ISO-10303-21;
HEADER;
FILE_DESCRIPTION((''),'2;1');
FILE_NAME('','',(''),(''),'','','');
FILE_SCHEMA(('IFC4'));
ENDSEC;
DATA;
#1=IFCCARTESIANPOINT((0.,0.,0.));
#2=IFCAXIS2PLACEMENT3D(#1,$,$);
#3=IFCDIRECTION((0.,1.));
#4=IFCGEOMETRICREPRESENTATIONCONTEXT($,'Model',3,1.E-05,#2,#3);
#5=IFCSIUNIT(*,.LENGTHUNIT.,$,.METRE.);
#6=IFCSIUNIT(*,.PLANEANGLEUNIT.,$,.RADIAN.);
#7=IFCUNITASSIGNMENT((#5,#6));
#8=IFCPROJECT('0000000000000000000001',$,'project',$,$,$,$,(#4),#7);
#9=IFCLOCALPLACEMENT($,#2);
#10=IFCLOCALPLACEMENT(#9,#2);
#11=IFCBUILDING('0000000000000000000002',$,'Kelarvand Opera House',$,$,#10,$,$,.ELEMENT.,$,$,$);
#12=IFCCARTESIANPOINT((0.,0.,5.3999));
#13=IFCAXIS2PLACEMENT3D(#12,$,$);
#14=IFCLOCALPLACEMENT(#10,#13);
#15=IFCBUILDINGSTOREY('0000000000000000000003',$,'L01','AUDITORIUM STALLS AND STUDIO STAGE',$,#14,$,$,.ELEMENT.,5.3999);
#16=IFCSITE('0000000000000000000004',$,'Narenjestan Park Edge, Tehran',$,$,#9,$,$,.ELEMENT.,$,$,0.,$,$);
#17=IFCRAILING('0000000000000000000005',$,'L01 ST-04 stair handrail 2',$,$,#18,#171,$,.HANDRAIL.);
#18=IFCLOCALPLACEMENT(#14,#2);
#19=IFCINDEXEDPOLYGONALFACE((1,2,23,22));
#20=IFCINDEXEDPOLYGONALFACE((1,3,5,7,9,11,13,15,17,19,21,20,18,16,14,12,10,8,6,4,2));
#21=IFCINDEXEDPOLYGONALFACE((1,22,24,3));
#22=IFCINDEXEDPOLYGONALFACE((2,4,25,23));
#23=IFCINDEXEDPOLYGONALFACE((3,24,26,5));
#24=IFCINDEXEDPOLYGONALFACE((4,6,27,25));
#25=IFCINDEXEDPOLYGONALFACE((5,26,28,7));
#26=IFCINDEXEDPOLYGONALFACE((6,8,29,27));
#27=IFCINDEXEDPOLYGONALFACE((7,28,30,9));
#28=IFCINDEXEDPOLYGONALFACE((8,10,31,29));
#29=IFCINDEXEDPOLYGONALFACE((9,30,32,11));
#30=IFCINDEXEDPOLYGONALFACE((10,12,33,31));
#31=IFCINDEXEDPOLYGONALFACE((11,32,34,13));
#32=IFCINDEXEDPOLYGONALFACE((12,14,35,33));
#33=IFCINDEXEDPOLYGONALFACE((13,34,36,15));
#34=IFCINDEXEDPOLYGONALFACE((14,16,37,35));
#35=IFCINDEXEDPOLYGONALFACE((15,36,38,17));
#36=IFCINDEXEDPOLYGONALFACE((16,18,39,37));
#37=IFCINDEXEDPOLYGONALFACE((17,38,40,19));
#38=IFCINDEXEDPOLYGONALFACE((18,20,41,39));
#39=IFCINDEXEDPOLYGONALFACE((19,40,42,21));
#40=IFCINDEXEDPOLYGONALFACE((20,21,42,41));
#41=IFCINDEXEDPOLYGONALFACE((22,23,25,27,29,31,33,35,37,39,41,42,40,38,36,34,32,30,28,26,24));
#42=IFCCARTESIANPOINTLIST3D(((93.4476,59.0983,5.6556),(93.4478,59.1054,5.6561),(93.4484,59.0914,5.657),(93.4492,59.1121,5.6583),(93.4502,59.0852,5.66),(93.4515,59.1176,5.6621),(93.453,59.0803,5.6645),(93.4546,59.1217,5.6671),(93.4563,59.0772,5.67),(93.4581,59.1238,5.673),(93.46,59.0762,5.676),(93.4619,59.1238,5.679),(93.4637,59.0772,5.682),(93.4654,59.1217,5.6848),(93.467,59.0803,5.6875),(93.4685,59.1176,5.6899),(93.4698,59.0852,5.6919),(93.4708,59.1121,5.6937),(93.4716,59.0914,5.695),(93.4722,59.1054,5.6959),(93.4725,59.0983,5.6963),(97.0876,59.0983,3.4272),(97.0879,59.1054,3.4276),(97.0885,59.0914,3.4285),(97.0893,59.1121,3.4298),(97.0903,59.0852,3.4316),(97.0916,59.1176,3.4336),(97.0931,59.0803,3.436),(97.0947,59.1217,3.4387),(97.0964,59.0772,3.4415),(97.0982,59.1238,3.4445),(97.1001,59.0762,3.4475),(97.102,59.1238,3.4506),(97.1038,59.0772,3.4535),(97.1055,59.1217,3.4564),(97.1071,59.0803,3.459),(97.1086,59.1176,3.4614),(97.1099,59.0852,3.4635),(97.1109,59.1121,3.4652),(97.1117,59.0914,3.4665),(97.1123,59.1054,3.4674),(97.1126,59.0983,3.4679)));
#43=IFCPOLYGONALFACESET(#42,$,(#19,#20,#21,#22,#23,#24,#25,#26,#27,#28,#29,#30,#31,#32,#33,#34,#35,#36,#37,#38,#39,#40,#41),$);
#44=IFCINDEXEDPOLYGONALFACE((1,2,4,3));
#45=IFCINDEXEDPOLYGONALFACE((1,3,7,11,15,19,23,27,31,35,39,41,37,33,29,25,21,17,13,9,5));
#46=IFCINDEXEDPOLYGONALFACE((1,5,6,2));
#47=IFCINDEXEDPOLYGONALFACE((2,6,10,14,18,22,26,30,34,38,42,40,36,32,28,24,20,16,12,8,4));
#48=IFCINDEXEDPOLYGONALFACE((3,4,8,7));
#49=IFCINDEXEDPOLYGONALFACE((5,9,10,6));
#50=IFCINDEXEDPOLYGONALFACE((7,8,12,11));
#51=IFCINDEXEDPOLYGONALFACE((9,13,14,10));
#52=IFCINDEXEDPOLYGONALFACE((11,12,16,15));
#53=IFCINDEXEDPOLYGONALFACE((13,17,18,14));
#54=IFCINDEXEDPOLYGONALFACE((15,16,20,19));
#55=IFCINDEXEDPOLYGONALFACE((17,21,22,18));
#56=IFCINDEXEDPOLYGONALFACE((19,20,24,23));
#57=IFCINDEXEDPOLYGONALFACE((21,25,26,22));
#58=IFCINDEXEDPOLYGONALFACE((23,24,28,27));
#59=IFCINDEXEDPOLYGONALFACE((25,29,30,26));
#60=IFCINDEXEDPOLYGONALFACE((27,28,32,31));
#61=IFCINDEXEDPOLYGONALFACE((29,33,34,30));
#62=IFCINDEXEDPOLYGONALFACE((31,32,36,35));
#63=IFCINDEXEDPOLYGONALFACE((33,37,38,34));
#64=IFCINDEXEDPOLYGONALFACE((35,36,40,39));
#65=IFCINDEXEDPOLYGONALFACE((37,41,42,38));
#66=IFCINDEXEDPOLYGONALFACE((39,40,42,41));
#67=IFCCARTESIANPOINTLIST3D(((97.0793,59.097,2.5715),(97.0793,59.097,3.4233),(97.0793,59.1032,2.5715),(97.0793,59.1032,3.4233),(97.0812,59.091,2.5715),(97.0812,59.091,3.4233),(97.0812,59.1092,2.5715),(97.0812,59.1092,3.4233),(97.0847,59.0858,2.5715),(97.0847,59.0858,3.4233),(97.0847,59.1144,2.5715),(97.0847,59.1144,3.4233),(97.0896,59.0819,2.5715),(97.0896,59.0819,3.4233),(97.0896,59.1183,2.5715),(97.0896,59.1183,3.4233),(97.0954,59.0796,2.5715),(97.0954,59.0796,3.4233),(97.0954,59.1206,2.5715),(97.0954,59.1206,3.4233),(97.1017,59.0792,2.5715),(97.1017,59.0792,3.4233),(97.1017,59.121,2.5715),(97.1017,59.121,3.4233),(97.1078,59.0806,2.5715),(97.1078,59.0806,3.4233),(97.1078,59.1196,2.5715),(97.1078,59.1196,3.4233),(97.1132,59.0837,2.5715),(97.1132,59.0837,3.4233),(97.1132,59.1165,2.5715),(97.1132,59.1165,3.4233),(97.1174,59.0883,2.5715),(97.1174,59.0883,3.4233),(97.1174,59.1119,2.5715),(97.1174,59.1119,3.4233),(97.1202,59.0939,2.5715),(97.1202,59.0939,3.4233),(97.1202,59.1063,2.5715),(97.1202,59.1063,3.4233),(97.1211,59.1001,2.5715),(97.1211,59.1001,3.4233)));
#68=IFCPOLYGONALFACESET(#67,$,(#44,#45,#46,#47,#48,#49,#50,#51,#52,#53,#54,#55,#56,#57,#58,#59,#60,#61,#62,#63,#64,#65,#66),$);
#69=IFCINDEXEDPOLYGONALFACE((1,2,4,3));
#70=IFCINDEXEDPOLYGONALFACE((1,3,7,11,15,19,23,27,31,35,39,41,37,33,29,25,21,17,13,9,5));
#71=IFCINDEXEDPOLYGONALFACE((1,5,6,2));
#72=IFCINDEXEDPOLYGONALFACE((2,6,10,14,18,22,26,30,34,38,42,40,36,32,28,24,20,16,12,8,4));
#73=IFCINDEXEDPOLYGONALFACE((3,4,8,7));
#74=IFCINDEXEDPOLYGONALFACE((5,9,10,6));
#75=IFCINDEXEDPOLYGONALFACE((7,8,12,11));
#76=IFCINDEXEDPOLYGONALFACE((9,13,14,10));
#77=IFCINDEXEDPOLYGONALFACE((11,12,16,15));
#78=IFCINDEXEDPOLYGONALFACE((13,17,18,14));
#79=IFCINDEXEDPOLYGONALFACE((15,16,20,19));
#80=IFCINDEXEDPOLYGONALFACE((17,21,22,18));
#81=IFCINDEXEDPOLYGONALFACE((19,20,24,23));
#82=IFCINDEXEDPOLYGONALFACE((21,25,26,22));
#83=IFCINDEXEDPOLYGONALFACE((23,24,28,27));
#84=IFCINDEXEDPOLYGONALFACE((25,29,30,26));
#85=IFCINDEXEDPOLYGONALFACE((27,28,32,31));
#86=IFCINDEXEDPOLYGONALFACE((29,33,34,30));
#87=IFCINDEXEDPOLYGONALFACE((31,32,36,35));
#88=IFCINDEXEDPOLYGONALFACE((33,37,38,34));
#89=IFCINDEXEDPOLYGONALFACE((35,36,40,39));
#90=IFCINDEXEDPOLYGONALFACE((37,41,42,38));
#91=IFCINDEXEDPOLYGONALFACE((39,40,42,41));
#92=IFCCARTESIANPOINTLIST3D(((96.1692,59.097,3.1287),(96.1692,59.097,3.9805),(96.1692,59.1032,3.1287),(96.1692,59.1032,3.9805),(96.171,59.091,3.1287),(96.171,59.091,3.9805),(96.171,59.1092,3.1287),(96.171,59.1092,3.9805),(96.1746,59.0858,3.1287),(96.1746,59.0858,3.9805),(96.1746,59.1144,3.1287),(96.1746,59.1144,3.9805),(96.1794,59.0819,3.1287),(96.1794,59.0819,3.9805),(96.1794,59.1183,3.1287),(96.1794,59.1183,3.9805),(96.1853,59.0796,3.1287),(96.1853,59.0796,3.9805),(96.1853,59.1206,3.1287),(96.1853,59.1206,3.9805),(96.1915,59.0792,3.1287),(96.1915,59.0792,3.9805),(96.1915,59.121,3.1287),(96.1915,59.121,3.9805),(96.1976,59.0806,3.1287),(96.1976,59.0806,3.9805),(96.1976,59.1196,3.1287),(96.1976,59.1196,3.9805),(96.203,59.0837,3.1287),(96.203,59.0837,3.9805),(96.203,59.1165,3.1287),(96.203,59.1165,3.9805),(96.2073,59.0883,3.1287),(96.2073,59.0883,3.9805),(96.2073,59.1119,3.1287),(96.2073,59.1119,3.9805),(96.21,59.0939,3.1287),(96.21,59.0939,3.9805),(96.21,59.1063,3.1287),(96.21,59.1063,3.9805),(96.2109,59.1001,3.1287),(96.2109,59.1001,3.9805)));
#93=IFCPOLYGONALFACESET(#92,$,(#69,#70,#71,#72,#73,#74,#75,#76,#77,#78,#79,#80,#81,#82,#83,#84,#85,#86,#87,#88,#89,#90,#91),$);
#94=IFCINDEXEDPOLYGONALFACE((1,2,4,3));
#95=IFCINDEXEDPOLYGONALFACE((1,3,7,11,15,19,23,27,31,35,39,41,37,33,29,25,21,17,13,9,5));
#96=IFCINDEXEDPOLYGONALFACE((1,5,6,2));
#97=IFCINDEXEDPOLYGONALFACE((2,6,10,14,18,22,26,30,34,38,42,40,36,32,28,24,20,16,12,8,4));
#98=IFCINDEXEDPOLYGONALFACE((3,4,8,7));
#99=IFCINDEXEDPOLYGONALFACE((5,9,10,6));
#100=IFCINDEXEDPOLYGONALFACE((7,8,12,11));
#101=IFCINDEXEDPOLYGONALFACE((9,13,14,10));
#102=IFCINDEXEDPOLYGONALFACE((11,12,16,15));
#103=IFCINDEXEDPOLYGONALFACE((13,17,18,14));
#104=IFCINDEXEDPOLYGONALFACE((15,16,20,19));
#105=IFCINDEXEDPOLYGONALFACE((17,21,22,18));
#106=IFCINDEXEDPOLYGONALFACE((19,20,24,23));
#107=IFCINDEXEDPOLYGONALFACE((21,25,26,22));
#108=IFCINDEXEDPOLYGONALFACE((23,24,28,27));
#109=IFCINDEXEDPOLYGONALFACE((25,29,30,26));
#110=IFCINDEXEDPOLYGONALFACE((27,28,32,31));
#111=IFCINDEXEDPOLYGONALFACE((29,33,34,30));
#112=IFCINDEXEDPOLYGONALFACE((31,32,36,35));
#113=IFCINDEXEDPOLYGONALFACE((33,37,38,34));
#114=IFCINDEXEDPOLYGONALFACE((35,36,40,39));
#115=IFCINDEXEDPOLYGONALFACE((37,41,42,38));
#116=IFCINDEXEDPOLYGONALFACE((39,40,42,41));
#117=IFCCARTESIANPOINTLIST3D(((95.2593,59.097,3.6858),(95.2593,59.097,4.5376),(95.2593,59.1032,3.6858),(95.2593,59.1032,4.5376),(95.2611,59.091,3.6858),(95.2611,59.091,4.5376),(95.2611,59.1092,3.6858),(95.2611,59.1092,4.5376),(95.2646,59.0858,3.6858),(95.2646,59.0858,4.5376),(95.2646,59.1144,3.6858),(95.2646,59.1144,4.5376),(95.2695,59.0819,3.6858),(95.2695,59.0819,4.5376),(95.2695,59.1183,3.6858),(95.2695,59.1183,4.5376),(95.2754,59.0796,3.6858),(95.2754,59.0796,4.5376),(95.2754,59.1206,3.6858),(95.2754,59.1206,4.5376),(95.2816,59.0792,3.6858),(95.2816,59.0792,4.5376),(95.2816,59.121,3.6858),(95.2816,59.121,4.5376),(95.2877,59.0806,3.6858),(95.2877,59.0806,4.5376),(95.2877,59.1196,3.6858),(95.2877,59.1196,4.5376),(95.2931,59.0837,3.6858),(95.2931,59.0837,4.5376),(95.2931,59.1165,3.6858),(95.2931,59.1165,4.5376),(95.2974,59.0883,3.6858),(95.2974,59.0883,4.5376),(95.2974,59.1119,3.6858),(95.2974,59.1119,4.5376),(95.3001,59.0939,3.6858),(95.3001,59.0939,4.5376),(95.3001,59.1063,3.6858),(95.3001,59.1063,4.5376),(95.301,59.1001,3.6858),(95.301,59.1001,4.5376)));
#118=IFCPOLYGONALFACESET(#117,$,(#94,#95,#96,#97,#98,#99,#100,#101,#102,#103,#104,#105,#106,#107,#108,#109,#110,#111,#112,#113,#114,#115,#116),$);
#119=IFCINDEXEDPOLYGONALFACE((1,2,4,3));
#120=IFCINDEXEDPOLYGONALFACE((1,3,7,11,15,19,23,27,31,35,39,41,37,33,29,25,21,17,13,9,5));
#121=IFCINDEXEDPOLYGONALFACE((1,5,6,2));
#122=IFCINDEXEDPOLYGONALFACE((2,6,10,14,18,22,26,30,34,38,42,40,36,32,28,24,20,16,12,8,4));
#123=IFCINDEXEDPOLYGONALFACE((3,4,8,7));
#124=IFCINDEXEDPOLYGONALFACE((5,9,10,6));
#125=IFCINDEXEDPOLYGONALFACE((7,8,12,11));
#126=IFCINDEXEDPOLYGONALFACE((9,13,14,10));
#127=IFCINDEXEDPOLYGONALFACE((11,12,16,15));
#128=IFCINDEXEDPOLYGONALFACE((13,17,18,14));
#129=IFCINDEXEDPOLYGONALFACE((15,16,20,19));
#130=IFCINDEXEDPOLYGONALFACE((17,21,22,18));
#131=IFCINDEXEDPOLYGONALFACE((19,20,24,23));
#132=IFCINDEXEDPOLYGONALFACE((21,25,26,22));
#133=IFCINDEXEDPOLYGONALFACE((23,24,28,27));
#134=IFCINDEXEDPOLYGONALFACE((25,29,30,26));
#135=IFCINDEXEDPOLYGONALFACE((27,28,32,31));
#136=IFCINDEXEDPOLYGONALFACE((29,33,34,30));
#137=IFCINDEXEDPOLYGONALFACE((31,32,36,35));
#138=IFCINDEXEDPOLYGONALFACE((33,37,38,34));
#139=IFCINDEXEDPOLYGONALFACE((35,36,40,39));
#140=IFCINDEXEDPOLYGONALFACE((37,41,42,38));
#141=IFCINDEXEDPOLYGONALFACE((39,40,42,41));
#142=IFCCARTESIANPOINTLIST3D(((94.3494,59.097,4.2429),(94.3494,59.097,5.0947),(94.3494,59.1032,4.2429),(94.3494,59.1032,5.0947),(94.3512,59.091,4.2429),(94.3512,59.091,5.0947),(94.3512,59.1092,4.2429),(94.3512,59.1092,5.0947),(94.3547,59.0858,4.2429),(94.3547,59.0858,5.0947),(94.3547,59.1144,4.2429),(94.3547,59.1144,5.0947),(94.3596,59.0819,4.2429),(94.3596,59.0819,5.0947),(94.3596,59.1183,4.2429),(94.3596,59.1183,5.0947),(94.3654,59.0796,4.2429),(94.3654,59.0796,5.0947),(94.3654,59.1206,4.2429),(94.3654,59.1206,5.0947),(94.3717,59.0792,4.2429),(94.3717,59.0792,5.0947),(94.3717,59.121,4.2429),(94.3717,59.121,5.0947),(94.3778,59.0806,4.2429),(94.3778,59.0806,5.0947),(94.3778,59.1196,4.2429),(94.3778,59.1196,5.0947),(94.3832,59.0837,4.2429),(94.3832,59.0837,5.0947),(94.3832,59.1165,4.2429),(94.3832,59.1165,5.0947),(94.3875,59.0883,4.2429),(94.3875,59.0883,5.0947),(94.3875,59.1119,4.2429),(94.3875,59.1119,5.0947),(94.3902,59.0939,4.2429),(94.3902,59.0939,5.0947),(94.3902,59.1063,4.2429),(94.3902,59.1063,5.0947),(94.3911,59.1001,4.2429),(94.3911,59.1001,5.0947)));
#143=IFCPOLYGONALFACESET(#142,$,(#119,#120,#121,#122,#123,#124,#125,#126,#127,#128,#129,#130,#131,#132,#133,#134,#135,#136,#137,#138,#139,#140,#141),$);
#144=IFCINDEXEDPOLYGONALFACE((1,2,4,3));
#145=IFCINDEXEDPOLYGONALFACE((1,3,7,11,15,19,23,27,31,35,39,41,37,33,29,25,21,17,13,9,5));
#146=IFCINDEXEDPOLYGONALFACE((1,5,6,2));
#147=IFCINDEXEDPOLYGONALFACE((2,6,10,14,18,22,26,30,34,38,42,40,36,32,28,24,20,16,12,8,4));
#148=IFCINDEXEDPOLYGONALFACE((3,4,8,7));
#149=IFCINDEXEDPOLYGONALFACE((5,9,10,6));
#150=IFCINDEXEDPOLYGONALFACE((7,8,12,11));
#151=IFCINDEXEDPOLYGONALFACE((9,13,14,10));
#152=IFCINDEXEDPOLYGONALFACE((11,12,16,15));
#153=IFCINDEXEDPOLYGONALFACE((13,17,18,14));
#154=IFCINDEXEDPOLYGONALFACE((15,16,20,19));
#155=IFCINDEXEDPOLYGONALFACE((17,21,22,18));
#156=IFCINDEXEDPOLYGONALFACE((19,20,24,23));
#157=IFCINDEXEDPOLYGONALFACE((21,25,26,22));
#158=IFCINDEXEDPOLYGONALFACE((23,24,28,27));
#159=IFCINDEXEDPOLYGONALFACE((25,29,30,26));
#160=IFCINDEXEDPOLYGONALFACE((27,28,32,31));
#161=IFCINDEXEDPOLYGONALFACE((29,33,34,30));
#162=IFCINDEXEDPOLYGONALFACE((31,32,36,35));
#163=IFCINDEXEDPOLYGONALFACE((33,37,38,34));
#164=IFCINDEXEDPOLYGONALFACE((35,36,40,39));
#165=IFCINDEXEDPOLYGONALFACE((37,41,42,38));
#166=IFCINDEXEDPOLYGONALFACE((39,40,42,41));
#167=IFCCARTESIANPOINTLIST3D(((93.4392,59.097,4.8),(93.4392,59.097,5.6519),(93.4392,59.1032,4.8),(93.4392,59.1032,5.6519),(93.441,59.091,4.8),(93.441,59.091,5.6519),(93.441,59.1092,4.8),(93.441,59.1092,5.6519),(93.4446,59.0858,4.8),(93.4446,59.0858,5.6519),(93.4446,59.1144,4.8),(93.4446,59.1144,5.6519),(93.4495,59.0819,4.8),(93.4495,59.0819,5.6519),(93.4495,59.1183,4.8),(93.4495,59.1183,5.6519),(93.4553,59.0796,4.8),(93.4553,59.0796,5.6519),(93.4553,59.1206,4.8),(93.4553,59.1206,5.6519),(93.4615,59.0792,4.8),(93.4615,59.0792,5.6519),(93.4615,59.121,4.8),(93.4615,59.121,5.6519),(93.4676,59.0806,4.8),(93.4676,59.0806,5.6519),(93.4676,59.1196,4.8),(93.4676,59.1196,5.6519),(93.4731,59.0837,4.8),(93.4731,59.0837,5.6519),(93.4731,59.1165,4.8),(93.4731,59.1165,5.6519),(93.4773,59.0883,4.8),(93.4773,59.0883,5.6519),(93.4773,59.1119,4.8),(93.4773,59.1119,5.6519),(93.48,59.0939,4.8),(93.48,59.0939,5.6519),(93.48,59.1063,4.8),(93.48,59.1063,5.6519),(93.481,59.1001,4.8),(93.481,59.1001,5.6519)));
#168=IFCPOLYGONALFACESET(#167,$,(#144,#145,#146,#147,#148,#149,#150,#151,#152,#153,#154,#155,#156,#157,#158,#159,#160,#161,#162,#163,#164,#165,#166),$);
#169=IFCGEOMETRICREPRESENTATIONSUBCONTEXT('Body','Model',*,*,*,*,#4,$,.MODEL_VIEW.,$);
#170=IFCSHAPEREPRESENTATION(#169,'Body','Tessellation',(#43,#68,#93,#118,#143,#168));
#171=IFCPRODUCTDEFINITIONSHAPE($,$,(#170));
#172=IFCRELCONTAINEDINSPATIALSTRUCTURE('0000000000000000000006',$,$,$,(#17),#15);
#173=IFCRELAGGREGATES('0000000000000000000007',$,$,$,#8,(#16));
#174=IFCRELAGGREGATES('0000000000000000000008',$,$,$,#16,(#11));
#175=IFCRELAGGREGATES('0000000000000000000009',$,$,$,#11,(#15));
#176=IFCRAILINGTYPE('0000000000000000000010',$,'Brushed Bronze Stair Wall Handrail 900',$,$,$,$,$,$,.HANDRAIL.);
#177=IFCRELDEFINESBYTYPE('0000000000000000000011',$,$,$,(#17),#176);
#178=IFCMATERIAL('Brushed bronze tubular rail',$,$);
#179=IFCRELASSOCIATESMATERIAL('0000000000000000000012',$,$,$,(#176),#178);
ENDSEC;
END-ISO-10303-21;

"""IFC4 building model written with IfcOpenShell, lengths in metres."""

from ifc_helpers import new_model, si_unit, direction, frame, origin, origin_2d, place, context, subcontext, project, spatial, circle, extrude, material, type_object, element, save


model = new_model("IFC4")

# Units and contexts
model_context = context("Model", 3, precision=1e-05, world=origin(), true_north=direction((0.0, 1.0)))
body_context = subcontext(model_context, "Body", "Model", "MODEL_VIEW")
ifc_project = project(units=[si_unit("LENGTHUNIT", "METRE"), si_unit("PLANEANGLEUNIT", "RADIAN")], contexts=[model_context])

# Site, building, storey
site_placement = place(None, origin())
site = spatial("IfcSite", under=ifc_project, at=site_placement, Name="Narenjestan Park Edge, Tehran", CompositionType="ELEMENT", RefElevation=0.0)
building_placement = place(site_placement, origin())
building = spatial("IfcBuilding", under=site, at=building_placement, Name="Kelarvand Opera House", CompositionType="ELEMENT")
storey_placement = place(building_placement, frame((0.0, 0.0, 5.3999)))
storey = spatial("IfcBuildingStorey", under=building, at=storey_placement, Name="L01", Description="AUDITORIUM STALLS AND STUDIO STAGE", CompositionType="ELEMENT", Elevation=5.3999)

# Railing
ifc_material_1 = material(Name="Brushed bronze tubular rail")
railing_type_1 = type_object("IfcRailingType", Name="Brushed Bronze Stair Wall Handrail 900", PredefinedType="HANDRAIL", material=ifc_material_1)
railing_1_placement = place(storey_placement, frame((97.1001, 59.1001, 2.5715)))
element("IfcRailing", 1, at=railing_1_placement, inside=storey, type_object=railing_type_1, Name="L01 ST-04 stair handrail 2", PredefinedType="HANDRAIL", context=body_context, shape_type="SweptSolid", body=[
    extrude(circle(Radius=0.0239, at=origin_2d()), frame((0.0, 0.0, 0.876), z_axis=(-0.852866, 0.0, 0.52213), x_axis=(0.0, -1.0, 0.0)), (0.0, 0.0, 1.0), 4.2681),
    extrude(circle(Radius=0.021, at=origin_2d()), origin(), (0.0, 0.0, 1.0), 0.8518),
    extrude(circle(Radius=0.021, at=origin_2d()), frame((-0.9102, 0.0, 0.5571)), (0.0, 0.0, 1.0), 0.8518),
    extrude(circle(Radius=0.021, at=origin_2d()), frame((-1.8201, 0.0, 1.1143)), (0.0, 0.0, 1.0), 0.8518),
    extrude(circle(Radius=0.021, at=origin_2d()), frame((-2.73, 0.0, 1.6714)), (0.0, 0.0, 1.0), 0.8518),
    extrude(circle(Radius=0.021, at=origin_2d()), frame((-3.6401, 0.0, 2.2285)), (0.0, 0.0, 1.0), 0.8518),
])

save(model, "model.ifc")
